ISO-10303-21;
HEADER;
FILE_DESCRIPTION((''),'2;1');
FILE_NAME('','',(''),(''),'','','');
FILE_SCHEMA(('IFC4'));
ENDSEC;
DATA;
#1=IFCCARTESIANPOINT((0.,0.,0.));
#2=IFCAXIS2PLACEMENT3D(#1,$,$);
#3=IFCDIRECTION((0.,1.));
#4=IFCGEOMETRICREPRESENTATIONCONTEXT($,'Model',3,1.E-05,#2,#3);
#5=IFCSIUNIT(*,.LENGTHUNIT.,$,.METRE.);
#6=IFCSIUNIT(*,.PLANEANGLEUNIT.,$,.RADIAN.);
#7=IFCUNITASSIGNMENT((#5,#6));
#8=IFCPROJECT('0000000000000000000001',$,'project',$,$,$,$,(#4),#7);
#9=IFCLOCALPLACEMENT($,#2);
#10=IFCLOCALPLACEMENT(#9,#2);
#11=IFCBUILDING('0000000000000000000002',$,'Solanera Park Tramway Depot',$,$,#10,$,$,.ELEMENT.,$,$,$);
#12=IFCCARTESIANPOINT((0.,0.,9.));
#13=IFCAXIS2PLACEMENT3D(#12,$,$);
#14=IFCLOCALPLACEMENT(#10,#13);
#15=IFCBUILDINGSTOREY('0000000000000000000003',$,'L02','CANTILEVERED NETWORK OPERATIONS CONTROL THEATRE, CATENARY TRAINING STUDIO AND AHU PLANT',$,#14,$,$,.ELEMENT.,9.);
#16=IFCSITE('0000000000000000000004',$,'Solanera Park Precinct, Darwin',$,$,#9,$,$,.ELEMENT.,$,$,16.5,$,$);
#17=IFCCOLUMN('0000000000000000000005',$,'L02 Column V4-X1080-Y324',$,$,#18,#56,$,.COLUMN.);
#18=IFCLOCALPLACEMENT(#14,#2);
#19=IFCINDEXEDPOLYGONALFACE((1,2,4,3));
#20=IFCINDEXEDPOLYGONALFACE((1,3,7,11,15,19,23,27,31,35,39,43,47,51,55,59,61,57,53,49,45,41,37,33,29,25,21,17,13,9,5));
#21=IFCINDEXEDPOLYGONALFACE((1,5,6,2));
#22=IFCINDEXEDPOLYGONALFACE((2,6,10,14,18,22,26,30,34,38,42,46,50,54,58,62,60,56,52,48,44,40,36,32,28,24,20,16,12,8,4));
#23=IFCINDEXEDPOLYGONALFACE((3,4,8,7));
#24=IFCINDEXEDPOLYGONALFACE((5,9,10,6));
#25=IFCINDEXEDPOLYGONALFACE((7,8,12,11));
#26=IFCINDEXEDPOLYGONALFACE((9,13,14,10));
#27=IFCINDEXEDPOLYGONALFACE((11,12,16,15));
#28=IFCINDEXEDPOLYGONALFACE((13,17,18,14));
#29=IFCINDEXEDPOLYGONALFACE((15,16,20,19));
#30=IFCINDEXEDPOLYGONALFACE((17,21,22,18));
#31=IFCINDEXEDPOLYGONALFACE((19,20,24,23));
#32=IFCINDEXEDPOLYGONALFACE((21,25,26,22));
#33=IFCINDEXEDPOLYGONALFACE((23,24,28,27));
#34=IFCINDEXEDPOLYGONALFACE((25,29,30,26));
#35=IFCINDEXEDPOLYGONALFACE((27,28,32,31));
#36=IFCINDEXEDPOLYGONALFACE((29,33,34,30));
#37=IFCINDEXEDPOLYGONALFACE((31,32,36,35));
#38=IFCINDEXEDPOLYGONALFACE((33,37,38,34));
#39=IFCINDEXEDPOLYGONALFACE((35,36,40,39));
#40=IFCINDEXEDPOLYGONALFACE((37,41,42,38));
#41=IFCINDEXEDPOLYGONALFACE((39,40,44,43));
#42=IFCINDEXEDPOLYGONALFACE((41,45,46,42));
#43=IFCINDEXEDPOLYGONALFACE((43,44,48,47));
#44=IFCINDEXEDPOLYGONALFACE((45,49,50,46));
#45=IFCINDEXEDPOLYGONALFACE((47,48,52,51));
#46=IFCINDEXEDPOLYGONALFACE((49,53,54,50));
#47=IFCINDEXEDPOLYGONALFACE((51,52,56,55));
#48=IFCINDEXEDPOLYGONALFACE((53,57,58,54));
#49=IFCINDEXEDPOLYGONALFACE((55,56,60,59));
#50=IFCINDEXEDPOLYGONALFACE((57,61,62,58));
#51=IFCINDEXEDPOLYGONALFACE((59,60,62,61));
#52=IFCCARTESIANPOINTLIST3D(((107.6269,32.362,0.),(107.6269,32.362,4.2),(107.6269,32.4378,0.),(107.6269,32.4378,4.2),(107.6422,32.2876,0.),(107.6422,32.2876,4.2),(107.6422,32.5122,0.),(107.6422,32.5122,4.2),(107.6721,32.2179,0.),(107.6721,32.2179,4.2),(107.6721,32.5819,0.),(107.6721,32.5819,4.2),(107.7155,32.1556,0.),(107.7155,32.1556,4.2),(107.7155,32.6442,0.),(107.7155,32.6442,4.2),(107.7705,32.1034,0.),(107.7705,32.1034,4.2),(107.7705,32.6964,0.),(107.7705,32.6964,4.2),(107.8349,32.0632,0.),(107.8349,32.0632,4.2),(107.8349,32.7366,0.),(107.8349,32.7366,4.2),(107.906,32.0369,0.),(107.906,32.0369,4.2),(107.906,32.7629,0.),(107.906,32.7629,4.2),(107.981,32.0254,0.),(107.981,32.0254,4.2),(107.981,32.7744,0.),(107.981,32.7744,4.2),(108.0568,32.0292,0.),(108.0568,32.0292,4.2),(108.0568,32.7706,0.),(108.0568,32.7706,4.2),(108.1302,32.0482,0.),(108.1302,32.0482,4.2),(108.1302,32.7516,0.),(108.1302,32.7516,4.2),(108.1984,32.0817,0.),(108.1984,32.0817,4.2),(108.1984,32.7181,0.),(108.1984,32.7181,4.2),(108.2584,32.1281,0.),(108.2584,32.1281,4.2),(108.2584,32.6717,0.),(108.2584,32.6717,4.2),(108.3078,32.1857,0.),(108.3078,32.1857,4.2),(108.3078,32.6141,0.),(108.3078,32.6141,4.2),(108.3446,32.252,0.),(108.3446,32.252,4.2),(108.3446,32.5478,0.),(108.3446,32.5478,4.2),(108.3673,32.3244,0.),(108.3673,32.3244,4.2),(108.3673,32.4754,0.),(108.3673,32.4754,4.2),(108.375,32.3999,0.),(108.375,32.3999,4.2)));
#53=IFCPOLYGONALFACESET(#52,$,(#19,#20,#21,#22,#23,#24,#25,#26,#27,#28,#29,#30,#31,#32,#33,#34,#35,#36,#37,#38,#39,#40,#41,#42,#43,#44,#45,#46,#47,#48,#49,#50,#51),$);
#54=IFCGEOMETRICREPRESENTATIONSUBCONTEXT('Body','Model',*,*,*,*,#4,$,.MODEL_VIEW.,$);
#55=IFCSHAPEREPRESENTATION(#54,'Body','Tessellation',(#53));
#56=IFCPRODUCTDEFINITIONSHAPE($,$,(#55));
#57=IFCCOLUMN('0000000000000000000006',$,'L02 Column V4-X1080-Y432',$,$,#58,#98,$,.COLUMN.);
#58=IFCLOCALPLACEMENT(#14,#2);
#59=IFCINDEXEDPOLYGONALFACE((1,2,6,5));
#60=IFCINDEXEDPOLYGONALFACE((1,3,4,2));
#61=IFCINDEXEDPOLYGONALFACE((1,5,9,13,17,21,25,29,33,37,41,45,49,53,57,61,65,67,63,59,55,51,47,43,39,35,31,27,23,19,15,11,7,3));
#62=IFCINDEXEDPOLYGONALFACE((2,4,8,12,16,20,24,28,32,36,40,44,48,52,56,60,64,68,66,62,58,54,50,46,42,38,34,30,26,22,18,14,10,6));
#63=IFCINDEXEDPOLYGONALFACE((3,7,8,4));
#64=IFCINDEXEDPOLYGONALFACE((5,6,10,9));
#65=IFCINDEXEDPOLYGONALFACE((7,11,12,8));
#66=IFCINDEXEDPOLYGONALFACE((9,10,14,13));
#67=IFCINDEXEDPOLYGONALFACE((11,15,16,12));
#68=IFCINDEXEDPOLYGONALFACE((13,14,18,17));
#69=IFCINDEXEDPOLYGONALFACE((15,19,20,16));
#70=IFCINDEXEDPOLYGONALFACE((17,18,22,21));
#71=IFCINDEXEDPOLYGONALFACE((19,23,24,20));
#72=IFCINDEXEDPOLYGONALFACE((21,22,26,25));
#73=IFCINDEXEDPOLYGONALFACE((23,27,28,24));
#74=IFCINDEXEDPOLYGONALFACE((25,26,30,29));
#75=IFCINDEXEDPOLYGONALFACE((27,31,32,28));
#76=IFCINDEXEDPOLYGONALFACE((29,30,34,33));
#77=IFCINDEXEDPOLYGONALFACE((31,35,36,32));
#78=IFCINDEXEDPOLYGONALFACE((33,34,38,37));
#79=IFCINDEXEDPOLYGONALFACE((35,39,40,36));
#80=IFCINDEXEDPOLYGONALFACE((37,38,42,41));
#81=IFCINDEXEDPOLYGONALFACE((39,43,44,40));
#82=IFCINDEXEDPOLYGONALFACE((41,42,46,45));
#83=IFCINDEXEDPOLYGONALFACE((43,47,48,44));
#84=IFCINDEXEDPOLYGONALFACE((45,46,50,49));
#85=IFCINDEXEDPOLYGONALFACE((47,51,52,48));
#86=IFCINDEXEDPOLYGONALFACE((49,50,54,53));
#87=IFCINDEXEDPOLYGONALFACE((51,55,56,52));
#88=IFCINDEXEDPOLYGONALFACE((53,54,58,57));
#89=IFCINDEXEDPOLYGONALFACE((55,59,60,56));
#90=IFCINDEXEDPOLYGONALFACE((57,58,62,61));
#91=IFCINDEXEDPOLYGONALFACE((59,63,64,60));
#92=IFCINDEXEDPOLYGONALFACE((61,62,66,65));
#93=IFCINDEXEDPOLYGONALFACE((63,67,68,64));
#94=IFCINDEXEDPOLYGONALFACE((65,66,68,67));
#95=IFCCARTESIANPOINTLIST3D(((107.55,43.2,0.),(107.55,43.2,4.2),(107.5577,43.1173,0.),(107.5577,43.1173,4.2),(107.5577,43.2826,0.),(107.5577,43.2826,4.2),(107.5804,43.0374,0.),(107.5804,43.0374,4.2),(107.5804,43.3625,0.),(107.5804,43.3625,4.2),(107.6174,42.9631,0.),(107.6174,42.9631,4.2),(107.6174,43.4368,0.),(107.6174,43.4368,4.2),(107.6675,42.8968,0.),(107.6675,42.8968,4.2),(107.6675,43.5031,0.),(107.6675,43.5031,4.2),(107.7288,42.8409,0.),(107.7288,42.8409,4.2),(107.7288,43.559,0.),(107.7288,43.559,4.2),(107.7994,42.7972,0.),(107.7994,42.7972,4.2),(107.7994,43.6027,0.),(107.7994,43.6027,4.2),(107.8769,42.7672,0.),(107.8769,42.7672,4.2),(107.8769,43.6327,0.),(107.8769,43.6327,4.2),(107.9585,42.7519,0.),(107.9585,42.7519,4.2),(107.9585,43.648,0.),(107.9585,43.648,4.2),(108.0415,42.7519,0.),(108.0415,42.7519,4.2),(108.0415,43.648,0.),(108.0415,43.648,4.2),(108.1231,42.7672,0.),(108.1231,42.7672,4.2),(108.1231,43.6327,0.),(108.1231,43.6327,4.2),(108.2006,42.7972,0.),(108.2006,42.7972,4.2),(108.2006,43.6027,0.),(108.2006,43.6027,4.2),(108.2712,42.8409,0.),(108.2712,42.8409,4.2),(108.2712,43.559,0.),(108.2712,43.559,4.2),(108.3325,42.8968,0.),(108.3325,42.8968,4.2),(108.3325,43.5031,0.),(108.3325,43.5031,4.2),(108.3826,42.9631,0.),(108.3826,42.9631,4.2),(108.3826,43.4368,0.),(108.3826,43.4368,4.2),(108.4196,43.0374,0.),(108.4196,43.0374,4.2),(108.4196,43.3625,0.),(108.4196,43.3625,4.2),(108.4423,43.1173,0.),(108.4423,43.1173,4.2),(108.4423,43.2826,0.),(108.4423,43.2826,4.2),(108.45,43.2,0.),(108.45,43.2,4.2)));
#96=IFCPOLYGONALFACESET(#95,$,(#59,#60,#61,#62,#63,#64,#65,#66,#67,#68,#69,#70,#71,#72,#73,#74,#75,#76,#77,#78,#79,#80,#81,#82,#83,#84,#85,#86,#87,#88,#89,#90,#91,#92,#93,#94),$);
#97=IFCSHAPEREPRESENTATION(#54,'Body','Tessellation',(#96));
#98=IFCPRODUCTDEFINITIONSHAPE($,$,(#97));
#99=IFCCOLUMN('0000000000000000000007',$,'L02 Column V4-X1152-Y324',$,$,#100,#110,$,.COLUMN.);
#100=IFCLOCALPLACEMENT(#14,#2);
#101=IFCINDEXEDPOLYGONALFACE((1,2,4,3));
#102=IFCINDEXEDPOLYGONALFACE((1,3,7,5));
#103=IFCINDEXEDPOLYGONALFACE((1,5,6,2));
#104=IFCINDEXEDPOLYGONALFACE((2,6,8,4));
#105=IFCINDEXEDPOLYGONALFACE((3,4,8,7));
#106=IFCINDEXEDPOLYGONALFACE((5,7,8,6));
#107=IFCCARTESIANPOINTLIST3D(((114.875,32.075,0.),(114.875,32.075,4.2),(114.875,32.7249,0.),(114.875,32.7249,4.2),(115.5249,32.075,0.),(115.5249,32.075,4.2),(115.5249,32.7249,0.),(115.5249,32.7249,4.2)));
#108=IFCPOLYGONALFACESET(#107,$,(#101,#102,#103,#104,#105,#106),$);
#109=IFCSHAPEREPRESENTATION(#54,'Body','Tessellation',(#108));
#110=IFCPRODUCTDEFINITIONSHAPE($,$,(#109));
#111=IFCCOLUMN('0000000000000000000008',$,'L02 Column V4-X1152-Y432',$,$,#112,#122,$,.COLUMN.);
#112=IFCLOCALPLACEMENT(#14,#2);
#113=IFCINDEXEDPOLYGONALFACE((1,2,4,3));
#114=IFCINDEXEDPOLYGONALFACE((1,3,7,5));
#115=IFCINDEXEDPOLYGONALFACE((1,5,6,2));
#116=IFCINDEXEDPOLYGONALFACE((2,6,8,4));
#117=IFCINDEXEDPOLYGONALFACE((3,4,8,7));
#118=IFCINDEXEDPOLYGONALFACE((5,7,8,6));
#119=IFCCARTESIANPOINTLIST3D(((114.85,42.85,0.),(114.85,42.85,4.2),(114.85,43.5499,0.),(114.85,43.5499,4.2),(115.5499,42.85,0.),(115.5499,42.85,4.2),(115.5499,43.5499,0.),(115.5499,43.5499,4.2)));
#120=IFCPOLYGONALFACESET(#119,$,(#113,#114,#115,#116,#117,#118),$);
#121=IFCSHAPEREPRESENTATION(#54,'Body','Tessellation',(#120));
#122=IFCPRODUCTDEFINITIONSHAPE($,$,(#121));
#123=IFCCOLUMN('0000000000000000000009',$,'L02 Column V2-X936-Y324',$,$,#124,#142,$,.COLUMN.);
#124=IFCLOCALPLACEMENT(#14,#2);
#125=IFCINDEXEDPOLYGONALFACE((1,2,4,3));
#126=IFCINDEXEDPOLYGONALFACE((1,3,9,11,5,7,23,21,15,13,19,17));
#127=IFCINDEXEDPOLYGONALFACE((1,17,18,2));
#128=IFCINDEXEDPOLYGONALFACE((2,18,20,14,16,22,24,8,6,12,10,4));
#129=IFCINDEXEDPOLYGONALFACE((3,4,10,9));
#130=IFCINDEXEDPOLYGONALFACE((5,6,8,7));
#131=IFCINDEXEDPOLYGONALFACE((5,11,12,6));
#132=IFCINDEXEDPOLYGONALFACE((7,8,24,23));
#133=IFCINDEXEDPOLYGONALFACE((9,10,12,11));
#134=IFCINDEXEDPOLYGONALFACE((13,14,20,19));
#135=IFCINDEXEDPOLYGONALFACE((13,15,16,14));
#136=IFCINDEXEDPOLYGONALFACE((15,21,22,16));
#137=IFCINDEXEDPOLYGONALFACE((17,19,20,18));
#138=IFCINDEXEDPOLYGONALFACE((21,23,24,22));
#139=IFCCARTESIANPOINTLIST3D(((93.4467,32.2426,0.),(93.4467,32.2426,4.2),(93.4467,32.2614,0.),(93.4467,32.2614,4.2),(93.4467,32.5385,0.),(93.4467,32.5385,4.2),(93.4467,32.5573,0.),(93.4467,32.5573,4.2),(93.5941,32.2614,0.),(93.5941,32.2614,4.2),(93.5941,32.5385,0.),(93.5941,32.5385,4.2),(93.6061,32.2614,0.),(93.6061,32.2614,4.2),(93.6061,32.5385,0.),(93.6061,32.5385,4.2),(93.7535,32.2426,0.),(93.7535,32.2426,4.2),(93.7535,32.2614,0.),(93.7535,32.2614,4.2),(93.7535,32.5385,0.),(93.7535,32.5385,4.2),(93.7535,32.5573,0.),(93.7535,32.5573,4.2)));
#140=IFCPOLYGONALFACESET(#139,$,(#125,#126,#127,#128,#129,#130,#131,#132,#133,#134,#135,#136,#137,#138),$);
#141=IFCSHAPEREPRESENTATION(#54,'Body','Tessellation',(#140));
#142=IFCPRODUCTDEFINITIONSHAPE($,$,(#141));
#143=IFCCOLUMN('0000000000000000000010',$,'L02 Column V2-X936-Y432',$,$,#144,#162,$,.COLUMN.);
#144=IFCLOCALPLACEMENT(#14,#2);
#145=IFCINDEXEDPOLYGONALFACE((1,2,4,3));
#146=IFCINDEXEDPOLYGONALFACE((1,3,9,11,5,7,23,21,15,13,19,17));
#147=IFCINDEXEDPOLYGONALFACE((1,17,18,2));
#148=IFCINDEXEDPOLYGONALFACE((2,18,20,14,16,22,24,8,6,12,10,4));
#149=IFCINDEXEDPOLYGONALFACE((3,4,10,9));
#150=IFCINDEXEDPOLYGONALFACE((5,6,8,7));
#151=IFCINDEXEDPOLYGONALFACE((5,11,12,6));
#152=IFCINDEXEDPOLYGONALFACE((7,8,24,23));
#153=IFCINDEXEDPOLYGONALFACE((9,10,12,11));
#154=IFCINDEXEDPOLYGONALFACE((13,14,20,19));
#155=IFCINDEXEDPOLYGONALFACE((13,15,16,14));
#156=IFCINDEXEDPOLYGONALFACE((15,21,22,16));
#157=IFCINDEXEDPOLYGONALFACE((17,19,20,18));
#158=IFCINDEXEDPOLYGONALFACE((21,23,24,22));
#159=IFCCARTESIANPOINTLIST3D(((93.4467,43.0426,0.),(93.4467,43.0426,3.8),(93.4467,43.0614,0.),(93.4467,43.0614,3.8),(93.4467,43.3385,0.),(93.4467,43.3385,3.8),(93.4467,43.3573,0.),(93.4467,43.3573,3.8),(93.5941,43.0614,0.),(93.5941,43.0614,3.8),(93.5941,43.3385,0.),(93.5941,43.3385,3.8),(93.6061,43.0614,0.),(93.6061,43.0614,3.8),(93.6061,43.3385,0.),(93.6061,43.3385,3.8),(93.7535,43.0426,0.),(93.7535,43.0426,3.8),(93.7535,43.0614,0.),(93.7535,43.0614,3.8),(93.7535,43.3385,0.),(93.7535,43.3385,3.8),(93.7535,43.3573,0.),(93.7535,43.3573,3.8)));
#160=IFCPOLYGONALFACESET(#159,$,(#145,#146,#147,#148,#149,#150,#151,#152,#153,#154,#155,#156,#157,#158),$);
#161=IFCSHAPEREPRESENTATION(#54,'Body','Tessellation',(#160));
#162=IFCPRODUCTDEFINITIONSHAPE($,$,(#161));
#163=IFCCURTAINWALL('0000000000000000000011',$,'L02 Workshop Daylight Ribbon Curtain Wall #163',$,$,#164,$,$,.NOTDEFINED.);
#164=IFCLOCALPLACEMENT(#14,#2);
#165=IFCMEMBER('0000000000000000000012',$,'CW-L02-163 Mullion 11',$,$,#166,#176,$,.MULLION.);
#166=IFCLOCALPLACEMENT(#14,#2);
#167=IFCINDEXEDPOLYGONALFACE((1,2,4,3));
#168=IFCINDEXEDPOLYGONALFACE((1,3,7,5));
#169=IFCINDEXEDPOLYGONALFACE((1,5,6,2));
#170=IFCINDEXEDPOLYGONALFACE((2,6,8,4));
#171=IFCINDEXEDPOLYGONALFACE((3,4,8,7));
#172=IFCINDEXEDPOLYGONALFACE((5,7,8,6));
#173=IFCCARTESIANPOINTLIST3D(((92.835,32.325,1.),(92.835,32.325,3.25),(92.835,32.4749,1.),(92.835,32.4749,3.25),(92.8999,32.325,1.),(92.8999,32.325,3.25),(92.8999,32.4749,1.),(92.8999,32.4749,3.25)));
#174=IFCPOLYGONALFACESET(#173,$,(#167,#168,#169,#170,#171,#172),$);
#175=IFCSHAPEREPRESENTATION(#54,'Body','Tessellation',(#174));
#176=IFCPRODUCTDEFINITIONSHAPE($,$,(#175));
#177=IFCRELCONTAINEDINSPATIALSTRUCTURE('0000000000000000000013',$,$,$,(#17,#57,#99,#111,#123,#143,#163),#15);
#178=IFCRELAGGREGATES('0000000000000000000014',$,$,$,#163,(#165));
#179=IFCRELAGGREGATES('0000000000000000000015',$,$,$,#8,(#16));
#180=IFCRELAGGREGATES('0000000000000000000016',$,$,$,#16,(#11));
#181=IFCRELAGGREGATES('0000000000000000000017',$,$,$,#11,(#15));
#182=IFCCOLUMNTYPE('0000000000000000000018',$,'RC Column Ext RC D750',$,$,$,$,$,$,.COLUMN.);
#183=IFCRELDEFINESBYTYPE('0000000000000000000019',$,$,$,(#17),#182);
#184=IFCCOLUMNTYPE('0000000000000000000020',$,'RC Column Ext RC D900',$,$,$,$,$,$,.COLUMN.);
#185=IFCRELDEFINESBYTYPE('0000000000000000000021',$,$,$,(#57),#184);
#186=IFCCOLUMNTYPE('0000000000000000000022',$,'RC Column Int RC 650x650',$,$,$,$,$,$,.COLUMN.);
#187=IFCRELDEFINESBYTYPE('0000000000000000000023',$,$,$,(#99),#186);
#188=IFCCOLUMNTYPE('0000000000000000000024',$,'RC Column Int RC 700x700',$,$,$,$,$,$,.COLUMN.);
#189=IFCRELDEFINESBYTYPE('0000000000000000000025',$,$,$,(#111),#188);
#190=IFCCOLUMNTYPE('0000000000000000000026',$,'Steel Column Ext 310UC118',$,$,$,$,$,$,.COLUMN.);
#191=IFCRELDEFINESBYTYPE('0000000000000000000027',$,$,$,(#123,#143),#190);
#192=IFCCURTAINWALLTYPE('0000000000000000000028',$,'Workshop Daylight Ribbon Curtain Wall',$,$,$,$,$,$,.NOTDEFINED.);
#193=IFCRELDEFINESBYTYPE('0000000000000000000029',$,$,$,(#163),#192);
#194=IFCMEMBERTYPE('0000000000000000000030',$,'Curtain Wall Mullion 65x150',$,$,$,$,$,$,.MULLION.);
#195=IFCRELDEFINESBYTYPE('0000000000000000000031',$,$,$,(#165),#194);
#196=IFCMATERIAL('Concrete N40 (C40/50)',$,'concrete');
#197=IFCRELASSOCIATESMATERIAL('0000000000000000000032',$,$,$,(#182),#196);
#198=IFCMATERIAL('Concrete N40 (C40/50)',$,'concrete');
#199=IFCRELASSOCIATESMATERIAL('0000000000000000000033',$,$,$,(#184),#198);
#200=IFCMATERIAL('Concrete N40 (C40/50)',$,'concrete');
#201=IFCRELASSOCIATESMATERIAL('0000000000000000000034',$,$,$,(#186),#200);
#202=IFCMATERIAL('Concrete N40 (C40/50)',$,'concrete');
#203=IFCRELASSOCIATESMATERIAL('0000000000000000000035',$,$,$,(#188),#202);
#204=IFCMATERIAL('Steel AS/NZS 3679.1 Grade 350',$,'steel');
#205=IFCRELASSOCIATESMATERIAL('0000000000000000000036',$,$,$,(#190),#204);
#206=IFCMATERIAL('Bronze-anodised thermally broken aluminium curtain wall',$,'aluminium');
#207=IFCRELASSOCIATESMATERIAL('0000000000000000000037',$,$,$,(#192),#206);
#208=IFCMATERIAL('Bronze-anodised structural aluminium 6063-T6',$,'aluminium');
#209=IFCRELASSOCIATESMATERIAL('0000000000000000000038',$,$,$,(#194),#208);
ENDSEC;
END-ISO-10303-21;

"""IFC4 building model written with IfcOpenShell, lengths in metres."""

from ifc_helpers import new_model, si_unit, direction, frame, origin, origin_2d, place, context, subcontext, project, spatial, rectangle, circle, i_section, extrude, material, material_profile, profile_set, type_object, element, aggregate, save


model = new_model("IFC4")

# Units and contexts
model_context = context("Model", 3, precision=1e-05, world=origin(), true_north=direction((0.0, 1.0)))
body_context = subcontext(model_context, "Body", "Model", "MODEL_VIEW")
ifc_project = project(units=[si_unit("LENGTHUNIT", "METRE"), si_unit("PLANEANGLEUNIT", "RADIAN")], contexts=[model_context])

# Site, building, storey
site_placement = place(None, origin())
site = spatial("IfcSite", under=ifc_project, at=site_placement, Name="Solanera Park Precinct, Darwin", CompositionType="ELEMENT", RefElevation=16.5)
building_placement = place(site_placement, origin())
building = spatial("IfcBuilding", under=site, at=building_placement, Name="Solanera Park Tramway Depot", CompositionType="ELEMENT")
storey_placement = place(building_placement, frame((0.0, 0.0, 9.0)))
storey = spatial("IfcBuildingStorey", under=building, at=storey_placement, Name="L02", Description="CANTILEVERED NETWORK OPERATIONS CONTROL THEATRE, CATENARY TRAINING STUDIO AND AHU PLANT", CompositionType="ELEMENT", Elevation=9.0)

# Columns
ifc_material_1 = material(Name="Concrete N40 (C40/50)", Category="concrete")
ifc_material_profile_1 = material_profile(ifc_material_1, circle(Radius=0.375, at=origin_2d()), Name="RC D750")
ifc_profile_set_1 = profile_set([ifc_material_profile_1], Name="Concrete N40 (C40/50)")
column_type_1 = type_object("IfcColumnType", Name="RC Column Ext RC D750", PredefinedType="COLUMN", material=ifc_profile_set_1)
column_1_placement = place(storey_placement, frame((108.0, 32.3999, 0.0), z_axis=(0.0, 0.0, 1.0), x_axis=(1.0, 0.0, 0.0)))
element("IfcColumn", 1, at=column_1_placement, inside=storey, type_object=column_type_1, Name="L02 Column V4-X1080-Y324", PredefinedType="COLUMN", context=body_context, shape_type="SweptSolid", body=[
    extrude(circle(Radius=0.375, at=origin_2d()), origin(), (0.0, 0.0, 1.0), 4.2),
])
ifc_material_2 = material(Name="Concrete N40 (C40/50)", Category="concrete")
ifc_material_profile_2 = material_profile(ifc_material_2, circle(Radius=0.45, at=origin_2d()), Name="RC D900")
ifc_profile_set_2 = profile_set([ifc_material_profile_2], Name="Concrete N40 (C40/50)")
column_type_2 = type_object("IfcColumnType", Name="RC Column Ext RC D900", PredefinedType="COLUMN", material=ifc_profile_set_2)
column_2_placement = place(storey_placement, frame((108.0, 43.2, 0.0), z_axis=(0.0, 0.0, 1.0), x_axis=(1.0, 0.0, 0.0)))
element("IfcColumn", 2, at=column_2_placement, inside=storey, type_object=column_type_2, Name="L02 Column V4-X1080-Y432", PredefinedType="COLUMN", context=body_context, shape_type="SweptSolid", body=[
    extrude(circle(Radius=0.45, at=origin_2d()), origin(), (0.0, 0.0, 1.0), 4.2),
])
ifc_material_3 = material(Name="Concrete N40 (C40/50)", Category="concrete")
ifc_material_profile_3 = material_profile(ifc_material_3, rectangle(XDim=0.6499, YDim=0.6499, at=origin_2d()), Name="RC 650x650")
ifc_profile_set_3 = profile_set([ifc_material_profile_3], Name="Concrete N40 (C40/50)")
column_type_3 = type_object("IfcColumnType", Name="RC Column Int RC 650x650", PredefinedType="COLUMN", material=ifc_profile_set_3)
column_3_placement = place(storey_placement, frame((115.2, 32.3999, 0.0), z_axis=(0.0, 0.0, 1.0), x_axis=(1.0, 0.0, 0.0)))
element("IfcColumn", 3, at=column_3_placement, inside=storey, type_object=column_type_3, Name="L02 Column V4-X1152-Y324", PredefinedType="COLUMN", context=body_context, shape_type="SweptSolid", body=[
    extrude(rectangle(XDim=0.6499, YDim=0.6499, at=origin_2d()), origin(), (0.0, 0.0, 1.0), 4.2),
])
ifc_material_4 = material(Name="Concrete N40 (C40/50)", Category="concrete")
ifc_material_profile_4 = material_profile(ifc_material_4, rectangle(XDim=0.7, YDim=0.7, at=origin_2d()), Name="RC 700x700")
ifc_profile_set_4 = profile_set([ifc_material_profile_4], Name="Concrete N40 (C40/50)")
column_type_4 = type_object("IfcColumnType", Name="RC Column Int RC 700x700", PredefinedType="COLUMN", material=ifc_profile_set_4)
column_4_placement = place(storey_placement, frame((115.2, 43.2, 0.0), z_axis=(0.0, 0.0, 1.0), x_axis=(1.0, 0.0, 0.0)))
element("IfcColumn", 4, at=column_4_placement, inside=storey, type_object=column_type_4, Name="L02 Column V4-X1152-Y432", PredefinedType="COLUMN", context=body_context, shape_type="SweptSolid", body=[
    extrude(rectangle(XDim=0.7, YDim=0.7, at=origin_2d()), origin(), (0.0, 0.0, 1.0), 4.2),
])
ifc_material_5 = material(Name="Steel AS/NZS 3679.1 Grade 350", Category="steel")
ifc_material_profile_5 = material_profile(ifc_material_5, i_section(OverallWidth=0.3069, OverallDepth=0.3147, WebThickness=0.012, FlangeThickness=0.0188, at=origin_2d()), Name="310UC118")
ifc_profile_set_5 = profile_set([ifc_material_profile_5], Name="Steel AS/NZS 3679.1 Grade 350")
column_type_5 = type_object("IfcColumnType", Name="Steel Column Ext 310UC118", PredefinedType="COLUMN", material=ifc_profile_set_5)
column_5_placement = place(storey_placement, frame((93.6001, 32.3999, 0.0), z_axis=(0.0, 0.0, 1.0), x_axis=(1.0, 0.0, 0.0)))
element("IfcColumn", 5, at=column_5_placement, inside=storey, type_object=column_type_5, Name="L02 Column V2-X936-Y324", PredefinedType="COLUMN", context=body_context, shape_type="SweptSolid", body=[
    extrude(i_section(OverallWidth=0.3069, OverallDepth=0.3147, WebThickness=0.012, FlangeThickness=0.0188, at=origin_2d()), origin(), (0.0, 0.0, 1.0), 4.2),
])
column_6_placement = place(storey_placement, frame((93.6001, 43.2, 0.0), z_axis=(0.0, 0.0, 1.0), x_axis=(1.0, 0.0, 0.0)))
element("IfcColumn", 6, at=column_6_placement, inside=storey, type_object=column_type_5, Name="L02 Column V2-X936-Y432", PredefinedType="COLUMN", context=body_context, shape_type="SweptSolid", body=[
    extrude(i_section(OverallWidth=0.3069, OverallDepth=0.3147, WebThickness=0.012, FlangeThickness=0.0188, at=origin_2d()), origin(), (0.0, 0.0, 1.0), 3.8),
])

# Curtain wall, member
ifc_material_6 = material(Name="Bronze-anodised thermally broken aluminium curtain wall", Category="aluminium")
curtain_wall_type = type_object("IfcCurtainWallType", Name="Workshop Daylight Ribbon Curtain Wall", PredefinedType="NOTDEFINED", material=ifc_material_6)
curtain_wall_placement = place(storey_placement, origin())
curtain_wall = element("IfcCurtainWall", 7, at=curtain_wall_placement, inside=storey, type_object=curtain_wall_type, Name="L02 Workshop Daylight Ribbon Curtain Wall #163", PredefinedType="NOTDEFINED")
ifc_material_7 = material(Name="Bronze-anodised structural aluminium 6063-T6", Category="aluminium")
ifc_material_profile_6 = material_profile(ifc_material_7, rectangle(XDim=0.0649, YDim=0.1499, at=origin_2d()), Name="Curtain Wall Mullion 65x150")
ifc_profile_set_6 = profile_set([ifc_material_profile_6], Name="Bronze-anodised structural aluminium 6063-T6")
member_type_1 = type_object("IfcMemberType", Name="Curtain Wall Mullion 65x150", PredefinedType="MULLION", material=ifc_profile_set_6)
member_1_placement = place(storey_placement, frame((92.8674, 32.3999, 1.0), z_axis=(0.0, 0.0, 1.0), x_axis=(1.0, 0.0, 0.0)))
member_1 = element("IfcMember", 8, at=member_1_placement, type_object=member_type_1, Name="CW-L02-163 Mullion 11", PredefinedType="MULLION", context=body_context, shape_type="SweptSolid", body=[
    extrude(rectangle(XDim=0.0649, YDim=0.1499, at=origin_2d()), origin(), (0.0, 0.0, 1.0), 2.25),
])

aggregate(curtain_wall, [member_1])

save(model, "model.ifc")
